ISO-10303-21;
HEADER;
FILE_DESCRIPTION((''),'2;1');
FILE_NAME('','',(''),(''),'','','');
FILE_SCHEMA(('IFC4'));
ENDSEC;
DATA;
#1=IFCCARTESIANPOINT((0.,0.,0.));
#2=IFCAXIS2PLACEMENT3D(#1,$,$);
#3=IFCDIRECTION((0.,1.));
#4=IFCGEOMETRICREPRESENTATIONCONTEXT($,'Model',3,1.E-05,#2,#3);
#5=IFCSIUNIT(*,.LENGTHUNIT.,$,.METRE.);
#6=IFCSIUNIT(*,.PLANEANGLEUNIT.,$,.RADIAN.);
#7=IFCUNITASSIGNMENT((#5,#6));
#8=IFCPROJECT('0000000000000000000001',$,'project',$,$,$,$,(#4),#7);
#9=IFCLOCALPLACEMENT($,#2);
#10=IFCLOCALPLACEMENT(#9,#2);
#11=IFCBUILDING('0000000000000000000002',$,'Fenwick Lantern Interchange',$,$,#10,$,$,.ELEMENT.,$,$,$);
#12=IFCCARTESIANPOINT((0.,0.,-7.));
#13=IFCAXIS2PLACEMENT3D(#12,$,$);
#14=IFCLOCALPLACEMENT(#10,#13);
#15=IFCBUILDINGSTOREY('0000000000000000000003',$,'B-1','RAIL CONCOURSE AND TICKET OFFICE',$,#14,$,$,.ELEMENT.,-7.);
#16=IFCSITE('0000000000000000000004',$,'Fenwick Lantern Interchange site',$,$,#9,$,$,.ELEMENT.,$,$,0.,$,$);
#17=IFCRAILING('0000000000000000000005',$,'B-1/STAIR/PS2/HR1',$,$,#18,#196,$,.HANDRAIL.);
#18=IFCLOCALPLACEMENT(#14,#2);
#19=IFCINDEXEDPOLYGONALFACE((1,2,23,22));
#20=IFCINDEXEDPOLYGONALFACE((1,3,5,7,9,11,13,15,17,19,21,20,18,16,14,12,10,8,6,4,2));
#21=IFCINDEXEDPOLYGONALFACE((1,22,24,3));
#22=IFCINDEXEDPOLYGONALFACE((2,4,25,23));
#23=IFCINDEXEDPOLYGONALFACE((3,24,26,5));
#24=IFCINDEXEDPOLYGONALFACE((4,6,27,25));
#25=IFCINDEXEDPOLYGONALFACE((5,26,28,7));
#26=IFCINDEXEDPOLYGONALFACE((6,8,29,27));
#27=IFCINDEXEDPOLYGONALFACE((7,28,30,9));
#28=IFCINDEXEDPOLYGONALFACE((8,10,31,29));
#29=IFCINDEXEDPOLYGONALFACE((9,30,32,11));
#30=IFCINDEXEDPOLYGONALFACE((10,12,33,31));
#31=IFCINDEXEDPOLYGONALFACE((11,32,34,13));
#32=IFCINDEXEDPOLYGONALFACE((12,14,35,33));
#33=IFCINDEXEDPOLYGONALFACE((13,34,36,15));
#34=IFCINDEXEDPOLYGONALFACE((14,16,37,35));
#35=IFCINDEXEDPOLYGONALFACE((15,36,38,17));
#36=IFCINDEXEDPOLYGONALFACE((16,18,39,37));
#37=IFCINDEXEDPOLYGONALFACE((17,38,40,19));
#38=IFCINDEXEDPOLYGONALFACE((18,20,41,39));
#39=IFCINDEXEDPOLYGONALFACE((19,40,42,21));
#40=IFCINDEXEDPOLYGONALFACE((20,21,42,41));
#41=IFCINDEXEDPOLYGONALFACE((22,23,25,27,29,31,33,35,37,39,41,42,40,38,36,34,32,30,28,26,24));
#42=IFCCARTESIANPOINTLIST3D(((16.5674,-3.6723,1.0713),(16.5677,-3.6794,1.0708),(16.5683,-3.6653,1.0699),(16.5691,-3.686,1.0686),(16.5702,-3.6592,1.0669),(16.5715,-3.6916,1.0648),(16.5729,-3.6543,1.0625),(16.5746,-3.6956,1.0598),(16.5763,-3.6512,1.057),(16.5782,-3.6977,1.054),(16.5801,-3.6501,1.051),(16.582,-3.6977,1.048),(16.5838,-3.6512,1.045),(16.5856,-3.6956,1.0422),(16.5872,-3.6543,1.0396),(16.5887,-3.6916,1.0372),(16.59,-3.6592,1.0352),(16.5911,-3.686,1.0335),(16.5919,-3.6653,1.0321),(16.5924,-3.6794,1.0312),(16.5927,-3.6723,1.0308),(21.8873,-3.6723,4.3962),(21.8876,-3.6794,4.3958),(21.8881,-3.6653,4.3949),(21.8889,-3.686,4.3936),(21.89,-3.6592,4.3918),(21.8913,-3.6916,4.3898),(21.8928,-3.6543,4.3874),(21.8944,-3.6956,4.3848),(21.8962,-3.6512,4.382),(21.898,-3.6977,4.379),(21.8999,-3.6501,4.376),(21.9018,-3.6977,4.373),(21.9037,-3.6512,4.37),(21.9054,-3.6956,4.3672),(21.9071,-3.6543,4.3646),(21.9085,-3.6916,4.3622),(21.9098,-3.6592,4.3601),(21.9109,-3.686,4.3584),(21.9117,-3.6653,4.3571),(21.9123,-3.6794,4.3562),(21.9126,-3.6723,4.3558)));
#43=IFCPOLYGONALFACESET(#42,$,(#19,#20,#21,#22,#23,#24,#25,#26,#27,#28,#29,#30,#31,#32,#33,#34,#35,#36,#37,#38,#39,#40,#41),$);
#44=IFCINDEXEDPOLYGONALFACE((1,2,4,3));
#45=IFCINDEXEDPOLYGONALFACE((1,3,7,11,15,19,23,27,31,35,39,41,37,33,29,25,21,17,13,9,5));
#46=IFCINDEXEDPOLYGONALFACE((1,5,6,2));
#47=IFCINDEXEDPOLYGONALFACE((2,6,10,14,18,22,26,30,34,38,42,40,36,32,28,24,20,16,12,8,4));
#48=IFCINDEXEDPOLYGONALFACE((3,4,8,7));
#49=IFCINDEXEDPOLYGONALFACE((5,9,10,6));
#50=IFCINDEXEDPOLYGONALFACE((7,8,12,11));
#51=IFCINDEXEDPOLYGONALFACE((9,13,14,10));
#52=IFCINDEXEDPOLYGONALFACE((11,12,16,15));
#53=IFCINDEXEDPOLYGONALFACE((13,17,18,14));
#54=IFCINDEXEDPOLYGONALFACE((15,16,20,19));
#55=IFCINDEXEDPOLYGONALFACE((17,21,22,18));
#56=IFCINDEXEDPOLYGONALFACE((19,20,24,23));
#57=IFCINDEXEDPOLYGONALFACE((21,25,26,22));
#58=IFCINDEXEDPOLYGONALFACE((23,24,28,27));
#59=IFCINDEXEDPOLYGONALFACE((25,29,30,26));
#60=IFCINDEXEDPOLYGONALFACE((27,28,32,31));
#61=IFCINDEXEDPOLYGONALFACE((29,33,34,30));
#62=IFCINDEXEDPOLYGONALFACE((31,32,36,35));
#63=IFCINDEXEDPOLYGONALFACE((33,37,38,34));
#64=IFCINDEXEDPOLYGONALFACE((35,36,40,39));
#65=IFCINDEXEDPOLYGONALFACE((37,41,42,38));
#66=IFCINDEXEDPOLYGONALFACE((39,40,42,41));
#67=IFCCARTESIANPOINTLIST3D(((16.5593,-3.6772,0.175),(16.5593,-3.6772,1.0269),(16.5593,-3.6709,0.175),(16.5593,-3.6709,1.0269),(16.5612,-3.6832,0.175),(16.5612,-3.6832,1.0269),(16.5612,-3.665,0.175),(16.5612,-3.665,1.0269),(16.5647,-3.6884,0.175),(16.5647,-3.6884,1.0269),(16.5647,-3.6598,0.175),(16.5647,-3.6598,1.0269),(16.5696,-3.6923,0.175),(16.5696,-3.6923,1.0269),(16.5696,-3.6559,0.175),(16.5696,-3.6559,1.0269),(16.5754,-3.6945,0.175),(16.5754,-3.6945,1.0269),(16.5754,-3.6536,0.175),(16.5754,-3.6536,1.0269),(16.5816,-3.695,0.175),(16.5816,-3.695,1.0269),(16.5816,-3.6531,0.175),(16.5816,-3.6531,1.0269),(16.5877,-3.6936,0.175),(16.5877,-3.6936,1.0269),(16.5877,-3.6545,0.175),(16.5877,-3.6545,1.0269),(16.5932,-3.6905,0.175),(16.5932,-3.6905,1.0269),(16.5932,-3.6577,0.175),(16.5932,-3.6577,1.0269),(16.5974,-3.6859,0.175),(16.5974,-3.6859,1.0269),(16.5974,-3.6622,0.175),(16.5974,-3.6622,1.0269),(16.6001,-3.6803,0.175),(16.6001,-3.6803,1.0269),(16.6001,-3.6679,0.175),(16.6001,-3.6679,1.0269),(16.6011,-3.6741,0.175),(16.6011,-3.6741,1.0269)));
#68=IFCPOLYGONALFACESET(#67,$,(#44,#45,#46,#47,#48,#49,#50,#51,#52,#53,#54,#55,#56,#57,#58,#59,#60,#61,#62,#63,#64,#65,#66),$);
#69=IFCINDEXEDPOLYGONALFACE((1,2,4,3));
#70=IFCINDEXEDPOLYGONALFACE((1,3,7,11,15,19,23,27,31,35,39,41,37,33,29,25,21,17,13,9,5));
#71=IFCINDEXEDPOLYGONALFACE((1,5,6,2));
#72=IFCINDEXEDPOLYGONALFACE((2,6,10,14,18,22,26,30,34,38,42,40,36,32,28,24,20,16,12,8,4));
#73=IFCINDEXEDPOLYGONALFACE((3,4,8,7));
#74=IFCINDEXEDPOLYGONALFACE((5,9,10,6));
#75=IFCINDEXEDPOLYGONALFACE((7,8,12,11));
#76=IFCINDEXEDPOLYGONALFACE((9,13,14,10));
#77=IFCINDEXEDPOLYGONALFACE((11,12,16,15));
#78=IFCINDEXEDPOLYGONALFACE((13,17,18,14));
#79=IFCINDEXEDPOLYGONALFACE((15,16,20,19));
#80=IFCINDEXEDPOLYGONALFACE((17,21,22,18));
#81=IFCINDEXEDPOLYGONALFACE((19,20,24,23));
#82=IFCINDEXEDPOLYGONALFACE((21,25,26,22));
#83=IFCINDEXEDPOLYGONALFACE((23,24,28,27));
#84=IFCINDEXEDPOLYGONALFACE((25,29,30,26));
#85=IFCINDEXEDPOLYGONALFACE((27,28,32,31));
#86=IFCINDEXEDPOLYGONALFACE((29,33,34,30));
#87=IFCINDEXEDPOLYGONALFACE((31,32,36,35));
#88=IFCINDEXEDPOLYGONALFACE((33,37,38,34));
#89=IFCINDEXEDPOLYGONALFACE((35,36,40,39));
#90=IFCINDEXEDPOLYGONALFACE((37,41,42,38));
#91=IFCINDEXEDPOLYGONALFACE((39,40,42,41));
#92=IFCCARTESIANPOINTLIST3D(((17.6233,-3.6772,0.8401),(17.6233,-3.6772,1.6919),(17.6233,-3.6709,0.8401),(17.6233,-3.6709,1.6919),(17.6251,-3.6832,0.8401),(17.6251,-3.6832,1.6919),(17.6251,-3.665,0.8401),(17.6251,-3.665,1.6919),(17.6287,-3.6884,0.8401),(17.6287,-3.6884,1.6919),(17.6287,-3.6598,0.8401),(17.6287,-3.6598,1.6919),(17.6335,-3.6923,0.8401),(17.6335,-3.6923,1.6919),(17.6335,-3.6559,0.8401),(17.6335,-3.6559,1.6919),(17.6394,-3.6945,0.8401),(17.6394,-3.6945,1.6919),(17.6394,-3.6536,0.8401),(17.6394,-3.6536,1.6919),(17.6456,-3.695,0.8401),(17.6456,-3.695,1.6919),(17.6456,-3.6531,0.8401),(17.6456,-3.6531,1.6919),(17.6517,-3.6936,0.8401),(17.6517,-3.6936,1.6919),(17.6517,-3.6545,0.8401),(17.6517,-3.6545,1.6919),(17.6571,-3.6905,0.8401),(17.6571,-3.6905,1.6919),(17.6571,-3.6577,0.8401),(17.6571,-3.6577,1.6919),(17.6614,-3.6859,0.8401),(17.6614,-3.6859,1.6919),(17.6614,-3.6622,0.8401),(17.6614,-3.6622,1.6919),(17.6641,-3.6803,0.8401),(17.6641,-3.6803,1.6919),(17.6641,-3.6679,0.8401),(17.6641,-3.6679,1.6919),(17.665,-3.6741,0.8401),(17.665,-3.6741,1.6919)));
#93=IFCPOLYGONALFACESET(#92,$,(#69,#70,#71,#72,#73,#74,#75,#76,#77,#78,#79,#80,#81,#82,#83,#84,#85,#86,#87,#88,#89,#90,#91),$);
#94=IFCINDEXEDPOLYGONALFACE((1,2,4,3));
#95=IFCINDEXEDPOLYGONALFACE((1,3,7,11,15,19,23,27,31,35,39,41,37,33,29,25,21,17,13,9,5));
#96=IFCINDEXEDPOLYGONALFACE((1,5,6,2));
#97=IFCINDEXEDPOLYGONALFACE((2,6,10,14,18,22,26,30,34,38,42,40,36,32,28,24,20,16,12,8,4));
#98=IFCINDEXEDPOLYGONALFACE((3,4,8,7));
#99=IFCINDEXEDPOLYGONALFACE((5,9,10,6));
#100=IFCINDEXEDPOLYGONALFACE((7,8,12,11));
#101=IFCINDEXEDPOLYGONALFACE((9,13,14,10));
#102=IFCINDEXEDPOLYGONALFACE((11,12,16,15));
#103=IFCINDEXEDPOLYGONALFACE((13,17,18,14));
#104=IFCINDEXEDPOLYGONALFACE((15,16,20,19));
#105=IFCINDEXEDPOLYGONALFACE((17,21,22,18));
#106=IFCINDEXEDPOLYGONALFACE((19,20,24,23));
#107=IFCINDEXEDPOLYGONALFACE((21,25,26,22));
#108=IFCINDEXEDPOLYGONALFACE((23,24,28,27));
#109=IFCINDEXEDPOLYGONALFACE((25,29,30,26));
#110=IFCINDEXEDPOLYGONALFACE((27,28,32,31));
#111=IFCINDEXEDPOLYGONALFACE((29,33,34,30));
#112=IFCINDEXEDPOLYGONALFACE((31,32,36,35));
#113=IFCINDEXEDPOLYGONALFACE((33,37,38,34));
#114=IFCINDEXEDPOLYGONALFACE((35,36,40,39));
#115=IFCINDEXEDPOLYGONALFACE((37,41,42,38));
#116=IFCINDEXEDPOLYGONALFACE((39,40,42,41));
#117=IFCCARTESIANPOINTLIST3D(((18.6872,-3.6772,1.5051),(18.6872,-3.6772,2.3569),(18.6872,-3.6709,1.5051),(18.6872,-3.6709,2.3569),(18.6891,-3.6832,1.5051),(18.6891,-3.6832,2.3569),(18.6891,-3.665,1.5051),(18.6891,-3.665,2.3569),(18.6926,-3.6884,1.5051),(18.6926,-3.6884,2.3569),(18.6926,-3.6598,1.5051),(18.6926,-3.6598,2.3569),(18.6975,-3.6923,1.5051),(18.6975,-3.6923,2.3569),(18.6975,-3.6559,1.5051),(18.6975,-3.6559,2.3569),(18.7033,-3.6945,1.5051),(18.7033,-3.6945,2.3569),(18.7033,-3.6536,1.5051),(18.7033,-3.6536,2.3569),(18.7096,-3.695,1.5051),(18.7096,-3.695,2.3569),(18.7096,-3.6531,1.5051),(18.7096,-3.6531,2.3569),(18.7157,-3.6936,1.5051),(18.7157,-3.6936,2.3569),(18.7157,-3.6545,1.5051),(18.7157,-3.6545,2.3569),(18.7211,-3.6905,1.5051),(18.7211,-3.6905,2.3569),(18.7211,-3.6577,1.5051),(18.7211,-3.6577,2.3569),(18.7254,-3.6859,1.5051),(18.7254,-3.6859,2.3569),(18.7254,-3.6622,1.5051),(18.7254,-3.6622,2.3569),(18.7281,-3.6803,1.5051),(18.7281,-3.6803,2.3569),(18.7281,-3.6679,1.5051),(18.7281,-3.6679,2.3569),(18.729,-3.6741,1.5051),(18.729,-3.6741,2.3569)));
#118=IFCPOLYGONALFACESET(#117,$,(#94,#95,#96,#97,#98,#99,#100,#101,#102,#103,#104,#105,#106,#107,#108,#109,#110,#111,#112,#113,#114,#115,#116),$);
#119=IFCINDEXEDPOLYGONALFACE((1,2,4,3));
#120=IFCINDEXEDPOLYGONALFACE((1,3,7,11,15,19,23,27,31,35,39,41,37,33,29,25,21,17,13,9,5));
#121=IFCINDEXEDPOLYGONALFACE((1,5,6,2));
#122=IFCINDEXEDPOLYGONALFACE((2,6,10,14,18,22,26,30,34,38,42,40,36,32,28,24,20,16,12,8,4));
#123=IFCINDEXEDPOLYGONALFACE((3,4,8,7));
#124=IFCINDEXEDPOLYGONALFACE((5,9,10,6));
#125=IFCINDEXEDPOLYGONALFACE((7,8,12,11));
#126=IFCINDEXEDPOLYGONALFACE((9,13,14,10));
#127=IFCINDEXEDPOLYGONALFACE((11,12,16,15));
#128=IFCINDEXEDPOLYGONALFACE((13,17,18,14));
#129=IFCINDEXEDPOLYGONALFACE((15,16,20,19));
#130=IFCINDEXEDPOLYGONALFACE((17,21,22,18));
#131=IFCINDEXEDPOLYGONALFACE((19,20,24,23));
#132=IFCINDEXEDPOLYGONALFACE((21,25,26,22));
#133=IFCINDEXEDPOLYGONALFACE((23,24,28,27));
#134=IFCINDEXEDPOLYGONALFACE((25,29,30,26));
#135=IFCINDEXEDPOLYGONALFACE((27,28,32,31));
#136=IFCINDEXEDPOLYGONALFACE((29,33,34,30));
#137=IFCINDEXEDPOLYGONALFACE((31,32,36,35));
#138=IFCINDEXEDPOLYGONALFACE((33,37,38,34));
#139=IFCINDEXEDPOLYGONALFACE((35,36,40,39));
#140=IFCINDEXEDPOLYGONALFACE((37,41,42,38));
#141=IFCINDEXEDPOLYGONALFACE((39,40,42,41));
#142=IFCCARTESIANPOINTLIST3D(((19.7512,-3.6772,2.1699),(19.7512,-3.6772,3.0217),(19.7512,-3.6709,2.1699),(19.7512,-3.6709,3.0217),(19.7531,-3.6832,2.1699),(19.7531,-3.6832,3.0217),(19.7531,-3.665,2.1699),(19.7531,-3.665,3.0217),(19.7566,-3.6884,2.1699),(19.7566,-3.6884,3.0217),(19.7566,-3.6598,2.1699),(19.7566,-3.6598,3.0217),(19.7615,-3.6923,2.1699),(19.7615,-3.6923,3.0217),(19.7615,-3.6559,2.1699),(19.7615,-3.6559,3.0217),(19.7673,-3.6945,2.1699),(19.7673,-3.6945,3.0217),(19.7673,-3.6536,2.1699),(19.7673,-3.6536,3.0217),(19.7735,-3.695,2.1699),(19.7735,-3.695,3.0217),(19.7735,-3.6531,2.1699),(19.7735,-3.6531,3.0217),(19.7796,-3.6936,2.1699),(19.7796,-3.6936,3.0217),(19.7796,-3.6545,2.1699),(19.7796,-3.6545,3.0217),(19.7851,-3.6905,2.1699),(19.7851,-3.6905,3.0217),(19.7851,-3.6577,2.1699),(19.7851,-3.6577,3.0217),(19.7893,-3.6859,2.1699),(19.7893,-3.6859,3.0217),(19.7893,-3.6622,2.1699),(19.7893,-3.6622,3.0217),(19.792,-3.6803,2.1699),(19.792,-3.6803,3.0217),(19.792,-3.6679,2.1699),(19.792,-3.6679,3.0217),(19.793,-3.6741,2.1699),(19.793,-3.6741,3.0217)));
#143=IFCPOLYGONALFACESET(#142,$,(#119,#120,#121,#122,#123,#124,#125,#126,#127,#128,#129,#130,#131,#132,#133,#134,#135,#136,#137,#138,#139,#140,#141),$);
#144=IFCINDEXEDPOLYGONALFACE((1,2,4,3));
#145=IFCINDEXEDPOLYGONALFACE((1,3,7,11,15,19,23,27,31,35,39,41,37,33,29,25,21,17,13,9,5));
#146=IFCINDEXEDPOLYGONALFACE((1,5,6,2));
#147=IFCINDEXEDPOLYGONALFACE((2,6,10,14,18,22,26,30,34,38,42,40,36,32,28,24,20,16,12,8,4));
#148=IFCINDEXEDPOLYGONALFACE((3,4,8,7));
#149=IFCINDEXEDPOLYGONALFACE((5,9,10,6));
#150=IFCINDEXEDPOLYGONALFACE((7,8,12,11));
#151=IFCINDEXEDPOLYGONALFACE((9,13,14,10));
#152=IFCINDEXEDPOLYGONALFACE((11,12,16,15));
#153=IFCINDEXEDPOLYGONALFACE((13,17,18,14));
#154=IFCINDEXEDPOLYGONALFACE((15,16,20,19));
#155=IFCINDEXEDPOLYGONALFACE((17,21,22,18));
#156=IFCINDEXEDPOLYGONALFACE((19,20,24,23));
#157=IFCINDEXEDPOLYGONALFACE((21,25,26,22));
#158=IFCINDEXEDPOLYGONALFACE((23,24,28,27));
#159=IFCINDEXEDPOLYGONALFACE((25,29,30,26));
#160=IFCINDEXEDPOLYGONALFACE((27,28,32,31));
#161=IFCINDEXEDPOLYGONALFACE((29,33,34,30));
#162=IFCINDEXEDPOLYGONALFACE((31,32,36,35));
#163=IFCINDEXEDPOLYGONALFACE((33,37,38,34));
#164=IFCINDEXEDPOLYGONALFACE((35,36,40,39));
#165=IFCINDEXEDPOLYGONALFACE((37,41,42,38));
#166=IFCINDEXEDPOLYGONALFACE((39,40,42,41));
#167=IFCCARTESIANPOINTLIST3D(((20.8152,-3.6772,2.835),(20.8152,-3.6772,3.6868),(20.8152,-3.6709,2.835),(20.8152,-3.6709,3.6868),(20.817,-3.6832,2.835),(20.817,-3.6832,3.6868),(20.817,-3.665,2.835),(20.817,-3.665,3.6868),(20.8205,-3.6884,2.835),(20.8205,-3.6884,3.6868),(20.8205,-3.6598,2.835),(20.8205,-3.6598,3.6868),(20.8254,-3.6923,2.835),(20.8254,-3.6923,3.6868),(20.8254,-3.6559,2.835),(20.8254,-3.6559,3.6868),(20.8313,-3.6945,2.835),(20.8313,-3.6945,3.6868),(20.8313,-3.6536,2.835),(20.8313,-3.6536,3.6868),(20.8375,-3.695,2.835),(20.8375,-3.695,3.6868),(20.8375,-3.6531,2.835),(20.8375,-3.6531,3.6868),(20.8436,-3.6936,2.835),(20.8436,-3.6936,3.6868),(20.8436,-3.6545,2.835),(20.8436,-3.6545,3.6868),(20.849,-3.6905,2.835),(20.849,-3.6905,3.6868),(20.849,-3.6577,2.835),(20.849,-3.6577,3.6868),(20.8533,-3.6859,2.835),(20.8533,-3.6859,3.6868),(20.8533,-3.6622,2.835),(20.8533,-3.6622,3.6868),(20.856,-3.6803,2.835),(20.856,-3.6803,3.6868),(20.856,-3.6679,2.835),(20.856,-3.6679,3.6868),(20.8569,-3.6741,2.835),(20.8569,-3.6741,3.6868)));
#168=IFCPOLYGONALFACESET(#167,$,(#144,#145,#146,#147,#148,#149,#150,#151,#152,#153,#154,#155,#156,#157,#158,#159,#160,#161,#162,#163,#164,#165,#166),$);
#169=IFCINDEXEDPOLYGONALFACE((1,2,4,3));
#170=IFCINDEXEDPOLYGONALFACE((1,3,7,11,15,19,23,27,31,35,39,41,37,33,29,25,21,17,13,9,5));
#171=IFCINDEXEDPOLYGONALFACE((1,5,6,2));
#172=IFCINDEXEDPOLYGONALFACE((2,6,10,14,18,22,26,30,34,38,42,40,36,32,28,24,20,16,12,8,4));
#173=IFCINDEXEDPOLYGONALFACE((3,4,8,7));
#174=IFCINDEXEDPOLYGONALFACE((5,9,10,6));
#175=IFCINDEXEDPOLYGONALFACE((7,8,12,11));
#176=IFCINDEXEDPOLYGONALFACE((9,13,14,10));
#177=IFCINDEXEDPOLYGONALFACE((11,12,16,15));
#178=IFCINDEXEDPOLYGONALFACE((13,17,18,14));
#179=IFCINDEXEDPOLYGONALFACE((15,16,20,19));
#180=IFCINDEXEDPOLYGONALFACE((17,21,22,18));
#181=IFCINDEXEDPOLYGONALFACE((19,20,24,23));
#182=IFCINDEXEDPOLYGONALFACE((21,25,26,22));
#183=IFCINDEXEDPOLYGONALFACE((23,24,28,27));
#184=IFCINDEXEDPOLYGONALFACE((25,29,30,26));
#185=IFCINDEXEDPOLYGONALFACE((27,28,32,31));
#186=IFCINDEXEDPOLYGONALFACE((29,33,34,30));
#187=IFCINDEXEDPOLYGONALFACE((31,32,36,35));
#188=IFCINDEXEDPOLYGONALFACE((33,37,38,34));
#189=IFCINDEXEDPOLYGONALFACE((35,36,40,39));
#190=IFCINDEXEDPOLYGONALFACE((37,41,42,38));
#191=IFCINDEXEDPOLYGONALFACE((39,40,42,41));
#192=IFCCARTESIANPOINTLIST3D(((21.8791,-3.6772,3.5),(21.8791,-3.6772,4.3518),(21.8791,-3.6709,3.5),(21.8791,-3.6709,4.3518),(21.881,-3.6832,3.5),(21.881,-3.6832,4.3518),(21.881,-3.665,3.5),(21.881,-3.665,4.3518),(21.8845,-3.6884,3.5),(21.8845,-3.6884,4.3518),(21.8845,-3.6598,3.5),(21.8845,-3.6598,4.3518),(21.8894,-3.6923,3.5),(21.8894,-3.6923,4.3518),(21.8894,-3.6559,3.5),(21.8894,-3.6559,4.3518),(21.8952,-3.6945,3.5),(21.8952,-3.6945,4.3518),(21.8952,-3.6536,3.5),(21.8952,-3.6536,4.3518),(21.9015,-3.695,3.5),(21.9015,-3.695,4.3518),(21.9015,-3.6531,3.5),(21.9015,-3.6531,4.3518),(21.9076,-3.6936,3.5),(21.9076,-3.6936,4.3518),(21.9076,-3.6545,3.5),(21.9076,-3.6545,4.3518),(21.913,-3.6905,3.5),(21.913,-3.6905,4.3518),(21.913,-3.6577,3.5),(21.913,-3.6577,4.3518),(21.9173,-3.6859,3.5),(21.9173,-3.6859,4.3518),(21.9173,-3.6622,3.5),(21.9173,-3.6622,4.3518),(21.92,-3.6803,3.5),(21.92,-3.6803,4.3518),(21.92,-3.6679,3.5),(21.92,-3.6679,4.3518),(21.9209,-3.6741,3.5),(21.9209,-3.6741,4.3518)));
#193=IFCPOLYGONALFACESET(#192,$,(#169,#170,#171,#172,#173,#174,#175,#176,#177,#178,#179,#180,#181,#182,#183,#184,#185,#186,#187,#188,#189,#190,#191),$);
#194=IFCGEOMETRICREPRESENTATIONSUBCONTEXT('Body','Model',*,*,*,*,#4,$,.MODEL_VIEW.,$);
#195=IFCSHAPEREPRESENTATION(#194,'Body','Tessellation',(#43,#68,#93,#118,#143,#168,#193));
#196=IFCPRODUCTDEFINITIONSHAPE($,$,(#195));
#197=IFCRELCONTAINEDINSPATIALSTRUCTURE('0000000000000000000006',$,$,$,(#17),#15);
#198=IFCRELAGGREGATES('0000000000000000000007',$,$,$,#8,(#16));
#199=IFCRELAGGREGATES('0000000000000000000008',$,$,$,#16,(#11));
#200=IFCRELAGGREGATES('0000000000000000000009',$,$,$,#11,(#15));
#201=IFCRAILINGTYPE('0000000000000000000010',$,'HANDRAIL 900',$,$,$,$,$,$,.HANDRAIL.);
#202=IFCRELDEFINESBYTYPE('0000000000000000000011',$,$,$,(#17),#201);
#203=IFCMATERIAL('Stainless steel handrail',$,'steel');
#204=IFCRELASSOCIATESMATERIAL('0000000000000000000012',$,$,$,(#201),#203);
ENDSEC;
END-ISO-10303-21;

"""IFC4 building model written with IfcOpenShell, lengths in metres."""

from ifc_helpers import new_model, si_unit, direction, frame, origin, origin_2d, place, context, subcontext, project, spatial, circle, extrude, material, type_object, element, save


model = new_model("IFC4")

# Units and contexts
model_context = context("Model", 3, precision=1e-05, world=origin(), true_north=direction((0.0, 1.0)))
body_context = subcontext(model_context, "Body", "Model", "MODEL_VIEW")
ifc_project = project(units=[si_unit("LENGTHUNIT", "METRE"), si_unit("PLANEANGLEUNIT", "RADIAN")], contexts=[model_context])

# Site, building, storey
site_placement = place(None, origin())
site = spatial("IfcSite", under=ifc_project, at=site_placement, Name="Fenwick Lantern Interchange site", CompositionType="ELEMENT", RefElevation=0.0)
building_placement = place(site_placement, origin())
building = spatial("IfcBuilding", under=site, at=building_placement, Name="Fenwick Lantern Interchange", CompositionType="ELEMENT")
storey_placement = place(building_placement, frame((0.0, 0.0, -7.0)))
storey = spatial("IfcBuildingStorey", under=building, at=storey_placement, Name="B-1", Description="RAIL CONCOURSE AND TICKET OFFICE", CompositionType="ELEMENT", Elevation=-7.0)

# Railing
ifc_material_1 = material(Name="Stainless steel handrail", Category="steel")
railing_type = type_object("IfcRailingType", Name="HANDRAIL 900", PredefinedType="HANDRAIL", material=ifc_material_1)
railing_1_placement = place(storey_placement, frame((16.5801, -3.6741, 0.175)))
element("IfcRailing", 1, at=railing_1_placement, inside=storey, type_object=railing_type, Name="B-1/STAIR/PS2/HR1", PredefinedType="HANDRAIL", context=body_context, shape_type="SweptSolid", body=[
    extrude(circle(Radius=0.0239, at=origin_2d()), frame((0.0, 0.0, 0.876), z_axis=(0.847994, 0.0, 0.530006), x_axis=(0.0, 1.0, 0.0)), (0.0, 0.0, 1.0), 6.2734),
    extrude(circle(Radius=0.021, at=origin_2d()), origin(), (0.0, 0.0, 1.0), 0.8518),
    extrude(circle(Radius=0.021, at=origin_2d()), frame((1.064, 0.0, 0.665)), (0.0, 0.0, 1.0), 0.8518),
    extrude(circle(Radius=0.021, at=origin_2d()), frame((2.1279, 0.0, 1.3301)), (0.0, 0.0, 1.0), 0.8518),
    extrude(circle(Radius=0.021, at=origin_2d()), frame((3.1919, 0.0, 1.9949)), (0.0, 0.0, 1.0), 0.8518),
    extrude(circle(Radius=0.021, at=origin_2d()), frame((4.2559, 0.0, 2.6599)), (0.0, 0.0, 1.0), 0.8518),
    extrude(circle(Radius=0.021, at=origin_2d()), frame((5.3198, 0.0, 3.325)), (0.0, 0.0, 1.0), 0.8518),
])

save(model, "model.ifc")
